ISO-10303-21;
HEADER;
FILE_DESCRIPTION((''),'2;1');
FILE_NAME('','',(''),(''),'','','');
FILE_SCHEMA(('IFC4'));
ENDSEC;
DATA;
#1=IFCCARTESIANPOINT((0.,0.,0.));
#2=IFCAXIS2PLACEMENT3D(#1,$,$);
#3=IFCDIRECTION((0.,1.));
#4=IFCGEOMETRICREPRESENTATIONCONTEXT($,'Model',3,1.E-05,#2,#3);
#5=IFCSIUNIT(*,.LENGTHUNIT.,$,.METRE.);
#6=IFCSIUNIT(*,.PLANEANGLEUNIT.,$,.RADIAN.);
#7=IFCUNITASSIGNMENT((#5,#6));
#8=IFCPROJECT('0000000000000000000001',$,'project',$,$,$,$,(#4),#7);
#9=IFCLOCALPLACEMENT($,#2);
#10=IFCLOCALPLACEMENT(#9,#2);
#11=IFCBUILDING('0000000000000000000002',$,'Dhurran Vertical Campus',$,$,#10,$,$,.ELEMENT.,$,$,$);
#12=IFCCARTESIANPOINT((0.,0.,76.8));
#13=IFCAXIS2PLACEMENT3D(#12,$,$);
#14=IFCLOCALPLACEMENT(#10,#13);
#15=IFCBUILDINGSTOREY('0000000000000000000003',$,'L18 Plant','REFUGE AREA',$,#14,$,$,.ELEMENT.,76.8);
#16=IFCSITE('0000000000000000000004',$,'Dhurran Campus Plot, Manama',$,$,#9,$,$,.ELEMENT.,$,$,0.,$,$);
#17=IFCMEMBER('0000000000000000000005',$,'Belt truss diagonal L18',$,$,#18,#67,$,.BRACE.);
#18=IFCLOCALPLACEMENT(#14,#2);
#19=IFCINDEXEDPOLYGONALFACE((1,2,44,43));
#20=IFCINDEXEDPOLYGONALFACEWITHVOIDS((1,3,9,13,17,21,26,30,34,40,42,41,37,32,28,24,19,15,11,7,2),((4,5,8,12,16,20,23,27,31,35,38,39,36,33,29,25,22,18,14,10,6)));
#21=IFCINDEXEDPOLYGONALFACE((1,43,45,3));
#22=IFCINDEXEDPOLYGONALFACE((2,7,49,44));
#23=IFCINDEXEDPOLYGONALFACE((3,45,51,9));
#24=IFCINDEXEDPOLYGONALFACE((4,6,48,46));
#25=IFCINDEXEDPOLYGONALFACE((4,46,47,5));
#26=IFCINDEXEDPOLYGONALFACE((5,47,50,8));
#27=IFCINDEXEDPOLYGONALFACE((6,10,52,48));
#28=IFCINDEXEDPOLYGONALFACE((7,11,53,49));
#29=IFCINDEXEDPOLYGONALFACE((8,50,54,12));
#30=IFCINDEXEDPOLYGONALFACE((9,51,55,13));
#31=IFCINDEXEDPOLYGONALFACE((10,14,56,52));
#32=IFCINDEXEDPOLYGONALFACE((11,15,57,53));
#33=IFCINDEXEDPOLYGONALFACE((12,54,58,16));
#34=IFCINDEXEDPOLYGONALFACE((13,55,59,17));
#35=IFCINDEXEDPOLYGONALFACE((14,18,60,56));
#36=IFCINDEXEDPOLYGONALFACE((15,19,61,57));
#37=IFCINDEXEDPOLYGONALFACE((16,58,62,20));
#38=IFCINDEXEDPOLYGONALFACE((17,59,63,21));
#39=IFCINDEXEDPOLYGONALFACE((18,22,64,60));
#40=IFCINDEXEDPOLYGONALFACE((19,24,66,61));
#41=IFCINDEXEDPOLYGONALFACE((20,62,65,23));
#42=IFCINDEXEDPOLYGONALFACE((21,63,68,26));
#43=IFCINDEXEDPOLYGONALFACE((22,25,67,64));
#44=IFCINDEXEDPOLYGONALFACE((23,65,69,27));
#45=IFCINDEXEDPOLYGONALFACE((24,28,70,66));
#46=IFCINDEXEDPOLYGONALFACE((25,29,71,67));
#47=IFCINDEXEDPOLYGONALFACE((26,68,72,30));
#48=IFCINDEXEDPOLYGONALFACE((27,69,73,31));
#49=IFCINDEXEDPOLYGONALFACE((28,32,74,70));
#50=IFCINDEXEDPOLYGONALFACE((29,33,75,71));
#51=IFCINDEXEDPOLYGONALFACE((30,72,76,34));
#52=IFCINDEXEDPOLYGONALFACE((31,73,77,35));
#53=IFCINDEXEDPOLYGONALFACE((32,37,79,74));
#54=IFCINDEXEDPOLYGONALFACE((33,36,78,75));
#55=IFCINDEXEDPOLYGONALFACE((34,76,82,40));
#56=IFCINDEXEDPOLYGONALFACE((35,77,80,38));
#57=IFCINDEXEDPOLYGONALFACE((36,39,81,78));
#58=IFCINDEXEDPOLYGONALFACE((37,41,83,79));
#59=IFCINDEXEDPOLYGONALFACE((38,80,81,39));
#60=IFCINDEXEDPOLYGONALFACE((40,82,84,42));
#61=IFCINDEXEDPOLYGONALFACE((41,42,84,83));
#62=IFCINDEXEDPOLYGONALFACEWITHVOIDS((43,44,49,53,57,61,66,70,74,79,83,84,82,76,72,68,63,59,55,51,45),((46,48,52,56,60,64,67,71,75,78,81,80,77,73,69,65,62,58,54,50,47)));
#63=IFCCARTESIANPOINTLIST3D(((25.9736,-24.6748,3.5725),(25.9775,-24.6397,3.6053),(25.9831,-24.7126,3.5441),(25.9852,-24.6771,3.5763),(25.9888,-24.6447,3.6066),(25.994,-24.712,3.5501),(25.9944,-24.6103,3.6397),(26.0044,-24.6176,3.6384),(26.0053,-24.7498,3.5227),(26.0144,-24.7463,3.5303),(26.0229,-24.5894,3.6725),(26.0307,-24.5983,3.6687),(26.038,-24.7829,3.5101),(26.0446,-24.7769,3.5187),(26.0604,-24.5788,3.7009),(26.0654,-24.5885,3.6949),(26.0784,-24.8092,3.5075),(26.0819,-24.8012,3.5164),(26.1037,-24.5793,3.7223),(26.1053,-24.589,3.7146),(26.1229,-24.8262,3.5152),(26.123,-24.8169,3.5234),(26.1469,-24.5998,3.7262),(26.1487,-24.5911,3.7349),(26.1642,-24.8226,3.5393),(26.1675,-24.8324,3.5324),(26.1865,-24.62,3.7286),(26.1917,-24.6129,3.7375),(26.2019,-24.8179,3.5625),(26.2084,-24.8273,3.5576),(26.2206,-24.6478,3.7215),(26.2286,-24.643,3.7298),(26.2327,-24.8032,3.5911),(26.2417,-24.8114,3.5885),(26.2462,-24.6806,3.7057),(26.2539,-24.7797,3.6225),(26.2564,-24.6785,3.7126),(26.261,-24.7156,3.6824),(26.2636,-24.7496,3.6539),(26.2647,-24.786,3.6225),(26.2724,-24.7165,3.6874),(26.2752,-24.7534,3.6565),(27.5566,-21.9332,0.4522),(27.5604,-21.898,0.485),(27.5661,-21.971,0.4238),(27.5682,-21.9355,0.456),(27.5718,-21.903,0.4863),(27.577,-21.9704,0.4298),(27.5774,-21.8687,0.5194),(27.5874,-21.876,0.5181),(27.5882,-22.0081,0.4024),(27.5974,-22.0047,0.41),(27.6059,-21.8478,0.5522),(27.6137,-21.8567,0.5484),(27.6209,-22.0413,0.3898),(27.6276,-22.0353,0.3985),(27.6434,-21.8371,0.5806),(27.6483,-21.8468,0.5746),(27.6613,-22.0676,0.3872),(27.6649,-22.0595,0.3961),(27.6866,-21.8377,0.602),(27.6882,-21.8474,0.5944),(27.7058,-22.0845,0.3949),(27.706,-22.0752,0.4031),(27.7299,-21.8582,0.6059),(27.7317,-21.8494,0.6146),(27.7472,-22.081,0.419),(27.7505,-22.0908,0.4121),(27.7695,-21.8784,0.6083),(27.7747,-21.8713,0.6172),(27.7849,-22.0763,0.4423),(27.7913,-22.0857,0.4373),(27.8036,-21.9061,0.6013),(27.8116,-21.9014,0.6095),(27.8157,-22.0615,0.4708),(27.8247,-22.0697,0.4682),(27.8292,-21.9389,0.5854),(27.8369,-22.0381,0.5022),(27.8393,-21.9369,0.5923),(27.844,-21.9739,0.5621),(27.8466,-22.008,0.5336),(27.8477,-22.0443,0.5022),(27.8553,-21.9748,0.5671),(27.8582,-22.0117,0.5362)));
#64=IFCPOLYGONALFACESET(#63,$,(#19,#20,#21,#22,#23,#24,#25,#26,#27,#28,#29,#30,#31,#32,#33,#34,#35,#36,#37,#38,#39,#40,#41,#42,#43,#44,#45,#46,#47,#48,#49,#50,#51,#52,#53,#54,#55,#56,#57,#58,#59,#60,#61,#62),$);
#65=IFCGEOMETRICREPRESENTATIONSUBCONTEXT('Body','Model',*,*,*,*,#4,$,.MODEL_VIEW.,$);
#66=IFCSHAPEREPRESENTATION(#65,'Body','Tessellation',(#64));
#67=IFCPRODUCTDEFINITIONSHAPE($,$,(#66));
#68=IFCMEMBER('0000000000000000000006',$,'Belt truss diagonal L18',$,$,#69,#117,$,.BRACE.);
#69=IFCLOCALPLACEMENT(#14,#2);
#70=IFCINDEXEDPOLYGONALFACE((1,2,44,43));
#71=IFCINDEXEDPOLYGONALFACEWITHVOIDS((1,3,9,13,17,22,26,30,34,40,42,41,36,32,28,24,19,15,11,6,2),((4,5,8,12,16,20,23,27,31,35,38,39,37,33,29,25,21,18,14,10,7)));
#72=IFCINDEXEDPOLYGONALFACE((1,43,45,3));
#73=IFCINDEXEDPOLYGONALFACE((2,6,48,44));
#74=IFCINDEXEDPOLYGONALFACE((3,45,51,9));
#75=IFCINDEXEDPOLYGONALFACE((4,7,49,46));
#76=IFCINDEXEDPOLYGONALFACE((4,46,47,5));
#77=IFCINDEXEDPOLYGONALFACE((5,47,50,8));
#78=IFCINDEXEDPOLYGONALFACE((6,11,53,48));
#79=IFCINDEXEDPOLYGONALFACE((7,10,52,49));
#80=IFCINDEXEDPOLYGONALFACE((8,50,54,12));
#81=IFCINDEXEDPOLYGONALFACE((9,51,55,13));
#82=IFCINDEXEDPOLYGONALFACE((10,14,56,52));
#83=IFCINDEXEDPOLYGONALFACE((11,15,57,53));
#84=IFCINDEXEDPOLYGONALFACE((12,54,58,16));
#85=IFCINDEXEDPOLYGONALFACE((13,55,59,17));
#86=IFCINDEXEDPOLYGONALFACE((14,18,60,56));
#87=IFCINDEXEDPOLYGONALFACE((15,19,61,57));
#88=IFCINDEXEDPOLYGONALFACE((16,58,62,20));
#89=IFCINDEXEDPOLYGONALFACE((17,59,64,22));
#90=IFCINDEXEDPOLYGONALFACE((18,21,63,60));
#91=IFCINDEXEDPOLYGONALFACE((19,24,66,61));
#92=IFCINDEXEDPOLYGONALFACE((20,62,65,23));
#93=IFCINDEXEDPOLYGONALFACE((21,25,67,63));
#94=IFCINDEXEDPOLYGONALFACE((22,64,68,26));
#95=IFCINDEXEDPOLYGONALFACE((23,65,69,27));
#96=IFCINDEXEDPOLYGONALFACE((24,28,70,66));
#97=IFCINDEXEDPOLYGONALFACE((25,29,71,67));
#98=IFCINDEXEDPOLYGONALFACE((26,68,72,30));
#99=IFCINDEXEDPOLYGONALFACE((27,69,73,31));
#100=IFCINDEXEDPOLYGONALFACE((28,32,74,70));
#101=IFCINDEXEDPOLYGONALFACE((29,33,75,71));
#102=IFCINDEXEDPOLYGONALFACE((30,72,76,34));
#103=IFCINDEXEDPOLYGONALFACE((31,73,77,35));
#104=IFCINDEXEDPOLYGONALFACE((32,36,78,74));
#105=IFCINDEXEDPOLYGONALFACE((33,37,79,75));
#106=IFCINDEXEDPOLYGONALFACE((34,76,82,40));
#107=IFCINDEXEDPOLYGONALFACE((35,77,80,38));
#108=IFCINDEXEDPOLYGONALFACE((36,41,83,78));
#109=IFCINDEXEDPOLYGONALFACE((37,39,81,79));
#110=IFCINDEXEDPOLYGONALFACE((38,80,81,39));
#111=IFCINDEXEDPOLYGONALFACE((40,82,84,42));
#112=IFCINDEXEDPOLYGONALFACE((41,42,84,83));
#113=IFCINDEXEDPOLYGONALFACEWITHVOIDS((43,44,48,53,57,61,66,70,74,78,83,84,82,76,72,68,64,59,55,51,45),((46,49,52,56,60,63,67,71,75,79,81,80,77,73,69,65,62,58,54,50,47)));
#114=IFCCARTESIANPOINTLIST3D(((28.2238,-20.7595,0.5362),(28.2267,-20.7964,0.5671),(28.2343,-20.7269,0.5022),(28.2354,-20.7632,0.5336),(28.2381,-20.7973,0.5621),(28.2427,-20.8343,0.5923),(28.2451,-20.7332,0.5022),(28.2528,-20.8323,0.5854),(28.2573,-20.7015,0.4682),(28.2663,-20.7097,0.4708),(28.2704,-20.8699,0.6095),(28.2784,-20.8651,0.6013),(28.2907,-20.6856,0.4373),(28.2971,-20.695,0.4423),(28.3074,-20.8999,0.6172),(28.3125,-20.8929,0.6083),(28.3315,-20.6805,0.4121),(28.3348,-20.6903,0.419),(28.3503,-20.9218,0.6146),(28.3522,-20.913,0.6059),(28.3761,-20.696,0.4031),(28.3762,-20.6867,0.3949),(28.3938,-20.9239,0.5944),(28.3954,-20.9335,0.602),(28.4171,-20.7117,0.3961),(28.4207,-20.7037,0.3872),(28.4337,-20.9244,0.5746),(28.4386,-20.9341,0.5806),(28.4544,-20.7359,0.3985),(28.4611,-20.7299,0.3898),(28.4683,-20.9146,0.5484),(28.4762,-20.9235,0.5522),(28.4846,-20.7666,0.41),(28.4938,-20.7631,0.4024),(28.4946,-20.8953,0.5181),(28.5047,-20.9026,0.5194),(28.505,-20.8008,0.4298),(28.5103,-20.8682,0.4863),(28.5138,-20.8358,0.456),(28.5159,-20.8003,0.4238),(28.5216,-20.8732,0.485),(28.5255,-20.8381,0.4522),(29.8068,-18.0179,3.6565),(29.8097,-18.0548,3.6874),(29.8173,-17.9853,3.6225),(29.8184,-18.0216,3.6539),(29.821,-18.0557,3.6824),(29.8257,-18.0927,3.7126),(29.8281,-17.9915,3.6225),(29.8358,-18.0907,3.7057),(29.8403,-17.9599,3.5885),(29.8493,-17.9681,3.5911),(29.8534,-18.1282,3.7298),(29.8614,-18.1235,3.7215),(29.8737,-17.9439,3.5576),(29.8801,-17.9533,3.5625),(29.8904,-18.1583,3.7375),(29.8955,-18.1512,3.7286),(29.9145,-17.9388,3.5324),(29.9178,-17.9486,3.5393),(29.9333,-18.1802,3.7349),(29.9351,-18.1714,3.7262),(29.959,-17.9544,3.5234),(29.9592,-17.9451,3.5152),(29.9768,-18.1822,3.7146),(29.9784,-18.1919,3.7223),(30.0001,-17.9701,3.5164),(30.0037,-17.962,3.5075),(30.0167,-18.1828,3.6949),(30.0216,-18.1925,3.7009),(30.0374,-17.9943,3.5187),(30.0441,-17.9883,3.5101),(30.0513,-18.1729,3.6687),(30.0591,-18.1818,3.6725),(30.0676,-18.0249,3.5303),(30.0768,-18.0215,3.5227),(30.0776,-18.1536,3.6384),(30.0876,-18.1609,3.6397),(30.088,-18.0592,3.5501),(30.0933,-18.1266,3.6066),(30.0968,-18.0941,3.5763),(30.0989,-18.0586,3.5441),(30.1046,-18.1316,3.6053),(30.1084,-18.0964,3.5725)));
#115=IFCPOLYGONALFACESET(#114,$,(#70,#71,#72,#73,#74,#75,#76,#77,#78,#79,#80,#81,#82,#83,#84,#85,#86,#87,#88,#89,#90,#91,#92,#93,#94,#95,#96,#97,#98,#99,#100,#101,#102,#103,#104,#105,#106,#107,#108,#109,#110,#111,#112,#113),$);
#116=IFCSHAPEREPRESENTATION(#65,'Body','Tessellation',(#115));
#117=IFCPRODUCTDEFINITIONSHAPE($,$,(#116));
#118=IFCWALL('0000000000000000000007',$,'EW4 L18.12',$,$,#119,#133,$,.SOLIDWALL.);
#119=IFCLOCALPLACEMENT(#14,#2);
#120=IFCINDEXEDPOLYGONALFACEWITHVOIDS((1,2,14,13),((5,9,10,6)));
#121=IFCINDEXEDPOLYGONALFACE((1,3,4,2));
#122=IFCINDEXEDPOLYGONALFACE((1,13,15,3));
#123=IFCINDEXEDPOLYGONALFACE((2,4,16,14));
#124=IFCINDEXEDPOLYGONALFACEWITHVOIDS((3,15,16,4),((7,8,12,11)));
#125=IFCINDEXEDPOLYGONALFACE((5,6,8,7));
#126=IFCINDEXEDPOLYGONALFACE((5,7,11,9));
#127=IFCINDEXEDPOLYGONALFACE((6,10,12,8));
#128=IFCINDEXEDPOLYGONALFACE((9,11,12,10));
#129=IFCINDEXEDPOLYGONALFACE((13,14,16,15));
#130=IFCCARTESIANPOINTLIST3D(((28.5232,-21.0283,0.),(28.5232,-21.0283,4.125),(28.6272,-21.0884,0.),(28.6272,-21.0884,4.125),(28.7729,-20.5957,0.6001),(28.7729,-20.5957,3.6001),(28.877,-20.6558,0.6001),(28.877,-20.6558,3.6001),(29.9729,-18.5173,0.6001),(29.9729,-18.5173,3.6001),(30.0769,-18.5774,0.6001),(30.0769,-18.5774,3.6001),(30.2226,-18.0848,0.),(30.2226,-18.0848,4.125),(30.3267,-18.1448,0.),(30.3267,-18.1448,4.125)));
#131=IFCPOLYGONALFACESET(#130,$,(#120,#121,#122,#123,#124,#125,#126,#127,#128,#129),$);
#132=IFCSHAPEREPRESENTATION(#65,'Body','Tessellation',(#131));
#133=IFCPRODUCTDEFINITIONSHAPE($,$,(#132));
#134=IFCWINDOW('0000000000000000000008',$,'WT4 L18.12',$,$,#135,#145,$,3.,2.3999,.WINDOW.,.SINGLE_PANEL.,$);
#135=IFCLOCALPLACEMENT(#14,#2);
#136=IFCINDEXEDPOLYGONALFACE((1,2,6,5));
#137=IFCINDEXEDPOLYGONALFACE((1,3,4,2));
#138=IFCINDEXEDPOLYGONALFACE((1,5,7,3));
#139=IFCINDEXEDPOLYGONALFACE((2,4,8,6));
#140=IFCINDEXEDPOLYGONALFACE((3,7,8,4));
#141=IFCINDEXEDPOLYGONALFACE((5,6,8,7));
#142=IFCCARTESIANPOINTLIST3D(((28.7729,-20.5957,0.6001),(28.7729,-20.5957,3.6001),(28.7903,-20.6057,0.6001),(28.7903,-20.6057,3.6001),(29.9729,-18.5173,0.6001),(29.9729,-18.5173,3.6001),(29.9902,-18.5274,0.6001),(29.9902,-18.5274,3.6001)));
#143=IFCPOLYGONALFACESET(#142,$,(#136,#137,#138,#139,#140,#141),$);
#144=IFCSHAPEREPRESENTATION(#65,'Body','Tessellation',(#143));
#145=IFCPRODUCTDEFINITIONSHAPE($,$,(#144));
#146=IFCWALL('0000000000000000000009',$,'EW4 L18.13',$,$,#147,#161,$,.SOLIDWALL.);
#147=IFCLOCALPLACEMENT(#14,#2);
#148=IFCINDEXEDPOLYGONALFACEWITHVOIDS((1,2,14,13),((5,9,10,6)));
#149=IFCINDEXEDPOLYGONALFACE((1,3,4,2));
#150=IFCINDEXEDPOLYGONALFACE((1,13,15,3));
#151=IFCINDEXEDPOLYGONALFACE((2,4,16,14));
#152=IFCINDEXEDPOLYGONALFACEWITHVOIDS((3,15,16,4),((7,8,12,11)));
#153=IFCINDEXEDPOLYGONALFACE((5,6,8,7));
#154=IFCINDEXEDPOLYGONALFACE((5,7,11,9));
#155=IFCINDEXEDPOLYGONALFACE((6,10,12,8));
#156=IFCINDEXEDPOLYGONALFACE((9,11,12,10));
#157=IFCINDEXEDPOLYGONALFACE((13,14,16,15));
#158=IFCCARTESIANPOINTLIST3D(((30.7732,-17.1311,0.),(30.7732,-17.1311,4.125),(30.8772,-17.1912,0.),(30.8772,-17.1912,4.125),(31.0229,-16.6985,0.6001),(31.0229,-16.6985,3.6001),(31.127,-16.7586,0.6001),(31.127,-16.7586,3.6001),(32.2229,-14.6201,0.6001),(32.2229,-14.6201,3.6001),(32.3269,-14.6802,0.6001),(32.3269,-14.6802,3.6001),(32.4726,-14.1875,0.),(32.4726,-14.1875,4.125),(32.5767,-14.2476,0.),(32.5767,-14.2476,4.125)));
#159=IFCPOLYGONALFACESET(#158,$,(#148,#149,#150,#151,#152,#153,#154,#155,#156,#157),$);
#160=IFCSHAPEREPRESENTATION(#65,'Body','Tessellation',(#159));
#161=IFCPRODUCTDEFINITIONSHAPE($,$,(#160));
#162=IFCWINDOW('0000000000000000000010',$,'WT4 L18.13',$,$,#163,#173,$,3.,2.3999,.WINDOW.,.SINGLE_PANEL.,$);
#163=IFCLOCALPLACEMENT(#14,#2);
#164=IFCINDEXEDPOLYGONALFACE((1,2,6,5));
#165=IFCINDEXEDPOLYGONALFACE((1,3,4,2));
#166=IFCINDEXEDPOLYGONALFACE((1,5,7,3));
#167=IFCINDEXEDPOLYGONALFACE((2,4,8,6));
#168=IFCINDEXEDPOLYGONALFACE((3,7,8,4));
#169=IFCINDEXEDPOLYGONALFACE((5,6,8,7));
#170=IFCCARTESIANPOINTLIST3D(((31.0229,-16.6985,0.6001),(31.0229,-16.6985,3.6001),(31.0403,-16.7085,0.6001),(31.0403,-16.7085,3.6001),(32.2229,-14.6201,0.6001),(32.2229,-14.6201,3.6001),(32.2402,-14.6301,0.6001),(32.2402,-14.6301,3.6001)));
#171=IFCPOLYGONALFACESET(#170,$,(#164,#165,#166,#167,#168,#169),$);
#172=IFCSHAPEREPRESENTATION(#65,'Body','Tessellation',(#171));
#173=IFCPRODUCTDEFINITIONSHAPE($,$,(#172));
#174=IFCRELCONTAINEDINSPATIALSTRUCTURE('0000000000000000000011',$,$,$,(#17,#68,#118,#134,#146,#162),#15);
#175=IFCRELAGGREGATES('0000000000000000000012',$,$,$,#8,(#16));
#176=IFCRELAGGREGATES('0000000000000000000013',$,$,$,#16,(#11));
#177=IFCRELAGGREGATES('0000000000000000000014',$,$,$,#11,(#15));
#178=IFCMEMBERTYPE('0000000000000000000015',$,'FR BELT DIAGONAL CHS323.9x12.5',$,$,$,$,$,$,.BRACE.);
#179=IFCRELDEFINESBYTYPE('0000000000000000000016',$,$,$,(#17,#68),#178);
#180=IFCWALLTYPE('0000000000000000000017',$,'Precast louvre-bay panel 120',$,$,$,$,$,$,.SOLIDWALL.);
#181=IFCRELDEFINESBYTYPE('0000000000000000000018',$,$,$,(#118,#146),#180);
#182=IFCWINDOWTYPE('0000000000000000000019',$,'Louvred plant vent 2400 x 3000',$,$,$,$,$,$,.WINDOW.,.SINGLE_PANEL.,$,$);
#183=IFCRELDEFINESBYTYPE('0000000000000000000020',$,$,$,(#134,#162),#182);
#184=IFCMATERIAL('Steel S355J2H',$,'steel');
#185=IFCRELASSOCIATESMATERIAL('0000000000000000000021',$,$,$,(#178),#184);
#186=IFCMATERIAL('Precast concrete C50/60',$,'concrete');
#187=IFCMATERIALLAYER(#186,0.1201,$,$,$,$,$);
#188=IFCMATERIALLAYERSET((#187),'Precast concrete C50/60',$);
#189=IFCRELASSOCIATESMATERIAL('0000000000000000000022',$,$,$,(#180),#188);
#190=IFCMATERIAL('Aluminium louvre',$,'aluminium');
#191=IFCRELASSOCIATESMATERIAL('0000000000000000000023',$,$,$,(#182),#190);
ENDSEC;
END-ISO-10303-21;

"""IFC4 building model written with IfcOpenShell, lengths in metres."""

from ifc_helpers import new_model, si_unit, direction, frame, frame_2d, origin, origin_2d, place, context, subcontext, project, spatial, rectangle, hollow_circle, extrude, material, layer, layer_set, material_profile, profile_set, type_object, element, fill, save


model = new_model("IFC4")

# Units and contexts
model_context = context("Model", 3, precision=1e-05, world=origin(), true_north=direction((0.0, 1.0)))
body_context = subcontext(model_context, "Body", "Model", "MODEL_VIEW")
ifc_project = project(units=[si_unit("LENGTHUNIT", "METRE"), si_unit("PLANEANGLEUNIT", "RADIAN")], contexts=[model_context])

# Site, building, storey
site_placement = place(None, origin())
site = spatial("IfcSite", under=ifc_project, at=site_placement, Name="Dhurran Campus Plot, Manama", CompositionType="ELEMENT", RefElevation=0.0)
building_placement = place(site_placement, origin())
building = spatial("IfcBuilding", under=site, at=building_placement, Name="Dhurran Vertical Campus", CompositionType="ELEMENT")
storey_placement = place(building_placement, frame((0.0, 0.0, 76.8)))
storey = spatial("IfcBuildingStorey", under=building, at=storey_placement, Name="L18 Plant", Description="REFUGE AREA", CompositionType="ELEMENT", Elevation=76.8)

# Members
ifc_material_1 = material(Name="Steel S355J2H", Category="steel")
ifc_material_profile_1 = material_profile(ifc_material_1, hollow_circle(Radius=0.1619, WallThickness=0.0125, at=origin_2d()), Name="CHS323.9x12.5")
ifc_profile_set_1 = profile_set([ifc_material_profile_1], Name="Steel S355J2H")
member_type = type_object("IfcMemberType", Name="FR BELT DIAGONAL CHS323.9x12.5", PredefinedType="BRACE", material=ifc_profile_set_1)
for number, where, z_axis, x_axis, name in (
    (1, (27.7075, -21.9634, 0.5022), (-0.356119, -0.616782, 0.701968), (0.866013, -0.500021, 0.0), "Belt truss diagonal L18"),
    (2, (28.3745, -20.8079, 0.5022), (0.356119, 0.616782, 0.701968), (-0.866013, 0.500021, 0.0), "Belt truss diagonal L18"),
):
    element("IfcMember", number, at=place(storey_placement, frame(where, z_axis=z_axis, x_axis=x_axis)), inside=storey, type_object=member_type, Name=name, PredefinedType="BRACE", context=body_context, shape_type="SweptSolid", body=[
        extrude(hollow_circle(Radius=0.1619, WallThickness=0.0125, at=origin_2d()), origin(), (0.0, 0.0, 1.0), 4.4451),
    ])

# Walls, openings, windows
ifc_material_2 = material(Name="Precast concrete C50/60", Category="concrete")
ifc_layer = layer(ifc_material_2, 0.1201)
ifc_layer_set = layer_set([ifc_layer], Name="Precast concrete C50/60")
wall_type = type_object("IfcWallType", Name="Precast louvre-bay panel 120", PredefinedType="SOLIDWALL", material=ifc_layer_set)
wall_1_placement = place(storey_placement, frame((28.5752, -21.0583, 0.0), z_axis=(0.0, 0.0, 1.0), x_axis=(0.499994, 0.866029, 0.0)))
wall_1 = element("IfcWall", 3, at=wall_1_placement, inside=storey, type_object=wall_type, Name="EW4 L18.12", PredefinedType="SOLIDWALL", context=body_context, shape_type="SweptSolid", body=[
    extrude(rectangle(XDim=3.3989, YDim=0.1201, at=frame_2d((1.6995, 0.0))), origin(), (0.0, 0.0, 1.0), 4.125),
])
opening_1_placement = place(wall_1_placement, frame((0.4995, 0.0, 0.6001)))
opening_1 = element("IfcOpeningElement", 4, at=opening_1_placement, cuts=wall_1, PredefinedType="OPENING", context=body_context, shape_type="SweptSolid", body=[
    extrude(rectangle(XDim=2.3999, YDim=3.0, at=frame_2d((1.2, 1.5))), frame((0.0, 0.0701, 0.0), z_axis=(0.0, -1.0, 0.0), x_axis=(1.0, 0.0, 0.0)), (0.0, 0.0, 1.0), 0.1401),
])
ifc_material_3 = material(Name="Aluminium louvre", Category="aluminium")
window_type = type_object("IfcWindowType", Name="Louvred plant vent 2400 x 3000", PartitioningType="SINGLE_PANEL", PredefinedType="WINDOW", material=ifc_material_3)
window_1_placement = place(opening_1_placement, origin())
window_1 = element("IfcWindow", 5, at=window_1_placement, inside=storey, type_object=window_type, Name="WT4 L18.12", OverallHeight=3.0, OverallWidth=2.3999, PartitioningType="SINGLE_PANEL", PredefinedType="WINDOW", context=body_context, shape_type="SweptSolid", body=[
    extrude(rectangle(XDim=2.3999, YDim=3.0, at=frame_2d((1.2, 1.5))), frame((0.0, 0.0601, 0.0), z_axis=(0.0, -1.0, 0.0), x_axis=(1.0, 0.0, 0.0)), (0.0, 0.0, 1.0), 0.02),
])
fill(opening_1, window_1)
wall_2_placement = place(storey_placement, frame((30.8252, -17.1611, 0.0), z_axis=(0.0, 0.0, 1.0), x_axis=(0.499994, 0.866029, 0.0)))
wall_2 = element("IfcWall", 6, at=wall_2_placement, inside=storey, type_object=wall_type, Name="EW4 L18.13", PredefinedType="SOLIDWALL", context=body_context, shape_type="SweptSolid", body=[
    extrude(rectangle(XDim=3.3989, YDim=0.1201, at=frame_2d((1.6995, 0.0))), origin(), (0.0, 0.0, 1.0), 4.125),
])
opening_2_placement = place(wall_2_placement, frame((0.4995, 0.0, 0.6001)))
opening_2 = element("IfcOpeningElement", 7, at=opening_2_placement, cuts=wall_2, PredefinedType="OPENING", context=body_context, shape_type="SweptSolid", body=[
    extrude(rectangle(XDim=2.3999, YDim=3.0, at=frame_2d((1.2, 1.5))), frame((0.0, 0.0701, 0.0), z_axis=(0.0, -1.0, 0.0), x_axis=(1.0, 0.0, 0.0)), (0.0, 0.0, 1.0), 0.1401),
])
window_2_placement = place(opening_2_placement, origin())
window_2 = element("IfcWindow", 8, at=window_2_placement, inside=storey, type_object=window_type, Name="WT4 L18.13", OverallHeight=3.0, OverallWidth=2.3999, PartitioningType="SINGLE_PANEL", PredefinedType="WINDOW", context=body_context, shape_type="SweptSolid", body=[
    extrude(rectangle(XDim=2.3999, YDim=3.0, at=frame_2d((1.2, 1.5))), frame((0.0, 0.0601, 0.0), z_axis=(0.0, -1.0, 0.0), x_axis=(1.0, 0.0, 0.0)), (0.0, 0.0, 1.0), 0.02),
])
fill(opening_2, window_2)

save(model, "model.ifc")
